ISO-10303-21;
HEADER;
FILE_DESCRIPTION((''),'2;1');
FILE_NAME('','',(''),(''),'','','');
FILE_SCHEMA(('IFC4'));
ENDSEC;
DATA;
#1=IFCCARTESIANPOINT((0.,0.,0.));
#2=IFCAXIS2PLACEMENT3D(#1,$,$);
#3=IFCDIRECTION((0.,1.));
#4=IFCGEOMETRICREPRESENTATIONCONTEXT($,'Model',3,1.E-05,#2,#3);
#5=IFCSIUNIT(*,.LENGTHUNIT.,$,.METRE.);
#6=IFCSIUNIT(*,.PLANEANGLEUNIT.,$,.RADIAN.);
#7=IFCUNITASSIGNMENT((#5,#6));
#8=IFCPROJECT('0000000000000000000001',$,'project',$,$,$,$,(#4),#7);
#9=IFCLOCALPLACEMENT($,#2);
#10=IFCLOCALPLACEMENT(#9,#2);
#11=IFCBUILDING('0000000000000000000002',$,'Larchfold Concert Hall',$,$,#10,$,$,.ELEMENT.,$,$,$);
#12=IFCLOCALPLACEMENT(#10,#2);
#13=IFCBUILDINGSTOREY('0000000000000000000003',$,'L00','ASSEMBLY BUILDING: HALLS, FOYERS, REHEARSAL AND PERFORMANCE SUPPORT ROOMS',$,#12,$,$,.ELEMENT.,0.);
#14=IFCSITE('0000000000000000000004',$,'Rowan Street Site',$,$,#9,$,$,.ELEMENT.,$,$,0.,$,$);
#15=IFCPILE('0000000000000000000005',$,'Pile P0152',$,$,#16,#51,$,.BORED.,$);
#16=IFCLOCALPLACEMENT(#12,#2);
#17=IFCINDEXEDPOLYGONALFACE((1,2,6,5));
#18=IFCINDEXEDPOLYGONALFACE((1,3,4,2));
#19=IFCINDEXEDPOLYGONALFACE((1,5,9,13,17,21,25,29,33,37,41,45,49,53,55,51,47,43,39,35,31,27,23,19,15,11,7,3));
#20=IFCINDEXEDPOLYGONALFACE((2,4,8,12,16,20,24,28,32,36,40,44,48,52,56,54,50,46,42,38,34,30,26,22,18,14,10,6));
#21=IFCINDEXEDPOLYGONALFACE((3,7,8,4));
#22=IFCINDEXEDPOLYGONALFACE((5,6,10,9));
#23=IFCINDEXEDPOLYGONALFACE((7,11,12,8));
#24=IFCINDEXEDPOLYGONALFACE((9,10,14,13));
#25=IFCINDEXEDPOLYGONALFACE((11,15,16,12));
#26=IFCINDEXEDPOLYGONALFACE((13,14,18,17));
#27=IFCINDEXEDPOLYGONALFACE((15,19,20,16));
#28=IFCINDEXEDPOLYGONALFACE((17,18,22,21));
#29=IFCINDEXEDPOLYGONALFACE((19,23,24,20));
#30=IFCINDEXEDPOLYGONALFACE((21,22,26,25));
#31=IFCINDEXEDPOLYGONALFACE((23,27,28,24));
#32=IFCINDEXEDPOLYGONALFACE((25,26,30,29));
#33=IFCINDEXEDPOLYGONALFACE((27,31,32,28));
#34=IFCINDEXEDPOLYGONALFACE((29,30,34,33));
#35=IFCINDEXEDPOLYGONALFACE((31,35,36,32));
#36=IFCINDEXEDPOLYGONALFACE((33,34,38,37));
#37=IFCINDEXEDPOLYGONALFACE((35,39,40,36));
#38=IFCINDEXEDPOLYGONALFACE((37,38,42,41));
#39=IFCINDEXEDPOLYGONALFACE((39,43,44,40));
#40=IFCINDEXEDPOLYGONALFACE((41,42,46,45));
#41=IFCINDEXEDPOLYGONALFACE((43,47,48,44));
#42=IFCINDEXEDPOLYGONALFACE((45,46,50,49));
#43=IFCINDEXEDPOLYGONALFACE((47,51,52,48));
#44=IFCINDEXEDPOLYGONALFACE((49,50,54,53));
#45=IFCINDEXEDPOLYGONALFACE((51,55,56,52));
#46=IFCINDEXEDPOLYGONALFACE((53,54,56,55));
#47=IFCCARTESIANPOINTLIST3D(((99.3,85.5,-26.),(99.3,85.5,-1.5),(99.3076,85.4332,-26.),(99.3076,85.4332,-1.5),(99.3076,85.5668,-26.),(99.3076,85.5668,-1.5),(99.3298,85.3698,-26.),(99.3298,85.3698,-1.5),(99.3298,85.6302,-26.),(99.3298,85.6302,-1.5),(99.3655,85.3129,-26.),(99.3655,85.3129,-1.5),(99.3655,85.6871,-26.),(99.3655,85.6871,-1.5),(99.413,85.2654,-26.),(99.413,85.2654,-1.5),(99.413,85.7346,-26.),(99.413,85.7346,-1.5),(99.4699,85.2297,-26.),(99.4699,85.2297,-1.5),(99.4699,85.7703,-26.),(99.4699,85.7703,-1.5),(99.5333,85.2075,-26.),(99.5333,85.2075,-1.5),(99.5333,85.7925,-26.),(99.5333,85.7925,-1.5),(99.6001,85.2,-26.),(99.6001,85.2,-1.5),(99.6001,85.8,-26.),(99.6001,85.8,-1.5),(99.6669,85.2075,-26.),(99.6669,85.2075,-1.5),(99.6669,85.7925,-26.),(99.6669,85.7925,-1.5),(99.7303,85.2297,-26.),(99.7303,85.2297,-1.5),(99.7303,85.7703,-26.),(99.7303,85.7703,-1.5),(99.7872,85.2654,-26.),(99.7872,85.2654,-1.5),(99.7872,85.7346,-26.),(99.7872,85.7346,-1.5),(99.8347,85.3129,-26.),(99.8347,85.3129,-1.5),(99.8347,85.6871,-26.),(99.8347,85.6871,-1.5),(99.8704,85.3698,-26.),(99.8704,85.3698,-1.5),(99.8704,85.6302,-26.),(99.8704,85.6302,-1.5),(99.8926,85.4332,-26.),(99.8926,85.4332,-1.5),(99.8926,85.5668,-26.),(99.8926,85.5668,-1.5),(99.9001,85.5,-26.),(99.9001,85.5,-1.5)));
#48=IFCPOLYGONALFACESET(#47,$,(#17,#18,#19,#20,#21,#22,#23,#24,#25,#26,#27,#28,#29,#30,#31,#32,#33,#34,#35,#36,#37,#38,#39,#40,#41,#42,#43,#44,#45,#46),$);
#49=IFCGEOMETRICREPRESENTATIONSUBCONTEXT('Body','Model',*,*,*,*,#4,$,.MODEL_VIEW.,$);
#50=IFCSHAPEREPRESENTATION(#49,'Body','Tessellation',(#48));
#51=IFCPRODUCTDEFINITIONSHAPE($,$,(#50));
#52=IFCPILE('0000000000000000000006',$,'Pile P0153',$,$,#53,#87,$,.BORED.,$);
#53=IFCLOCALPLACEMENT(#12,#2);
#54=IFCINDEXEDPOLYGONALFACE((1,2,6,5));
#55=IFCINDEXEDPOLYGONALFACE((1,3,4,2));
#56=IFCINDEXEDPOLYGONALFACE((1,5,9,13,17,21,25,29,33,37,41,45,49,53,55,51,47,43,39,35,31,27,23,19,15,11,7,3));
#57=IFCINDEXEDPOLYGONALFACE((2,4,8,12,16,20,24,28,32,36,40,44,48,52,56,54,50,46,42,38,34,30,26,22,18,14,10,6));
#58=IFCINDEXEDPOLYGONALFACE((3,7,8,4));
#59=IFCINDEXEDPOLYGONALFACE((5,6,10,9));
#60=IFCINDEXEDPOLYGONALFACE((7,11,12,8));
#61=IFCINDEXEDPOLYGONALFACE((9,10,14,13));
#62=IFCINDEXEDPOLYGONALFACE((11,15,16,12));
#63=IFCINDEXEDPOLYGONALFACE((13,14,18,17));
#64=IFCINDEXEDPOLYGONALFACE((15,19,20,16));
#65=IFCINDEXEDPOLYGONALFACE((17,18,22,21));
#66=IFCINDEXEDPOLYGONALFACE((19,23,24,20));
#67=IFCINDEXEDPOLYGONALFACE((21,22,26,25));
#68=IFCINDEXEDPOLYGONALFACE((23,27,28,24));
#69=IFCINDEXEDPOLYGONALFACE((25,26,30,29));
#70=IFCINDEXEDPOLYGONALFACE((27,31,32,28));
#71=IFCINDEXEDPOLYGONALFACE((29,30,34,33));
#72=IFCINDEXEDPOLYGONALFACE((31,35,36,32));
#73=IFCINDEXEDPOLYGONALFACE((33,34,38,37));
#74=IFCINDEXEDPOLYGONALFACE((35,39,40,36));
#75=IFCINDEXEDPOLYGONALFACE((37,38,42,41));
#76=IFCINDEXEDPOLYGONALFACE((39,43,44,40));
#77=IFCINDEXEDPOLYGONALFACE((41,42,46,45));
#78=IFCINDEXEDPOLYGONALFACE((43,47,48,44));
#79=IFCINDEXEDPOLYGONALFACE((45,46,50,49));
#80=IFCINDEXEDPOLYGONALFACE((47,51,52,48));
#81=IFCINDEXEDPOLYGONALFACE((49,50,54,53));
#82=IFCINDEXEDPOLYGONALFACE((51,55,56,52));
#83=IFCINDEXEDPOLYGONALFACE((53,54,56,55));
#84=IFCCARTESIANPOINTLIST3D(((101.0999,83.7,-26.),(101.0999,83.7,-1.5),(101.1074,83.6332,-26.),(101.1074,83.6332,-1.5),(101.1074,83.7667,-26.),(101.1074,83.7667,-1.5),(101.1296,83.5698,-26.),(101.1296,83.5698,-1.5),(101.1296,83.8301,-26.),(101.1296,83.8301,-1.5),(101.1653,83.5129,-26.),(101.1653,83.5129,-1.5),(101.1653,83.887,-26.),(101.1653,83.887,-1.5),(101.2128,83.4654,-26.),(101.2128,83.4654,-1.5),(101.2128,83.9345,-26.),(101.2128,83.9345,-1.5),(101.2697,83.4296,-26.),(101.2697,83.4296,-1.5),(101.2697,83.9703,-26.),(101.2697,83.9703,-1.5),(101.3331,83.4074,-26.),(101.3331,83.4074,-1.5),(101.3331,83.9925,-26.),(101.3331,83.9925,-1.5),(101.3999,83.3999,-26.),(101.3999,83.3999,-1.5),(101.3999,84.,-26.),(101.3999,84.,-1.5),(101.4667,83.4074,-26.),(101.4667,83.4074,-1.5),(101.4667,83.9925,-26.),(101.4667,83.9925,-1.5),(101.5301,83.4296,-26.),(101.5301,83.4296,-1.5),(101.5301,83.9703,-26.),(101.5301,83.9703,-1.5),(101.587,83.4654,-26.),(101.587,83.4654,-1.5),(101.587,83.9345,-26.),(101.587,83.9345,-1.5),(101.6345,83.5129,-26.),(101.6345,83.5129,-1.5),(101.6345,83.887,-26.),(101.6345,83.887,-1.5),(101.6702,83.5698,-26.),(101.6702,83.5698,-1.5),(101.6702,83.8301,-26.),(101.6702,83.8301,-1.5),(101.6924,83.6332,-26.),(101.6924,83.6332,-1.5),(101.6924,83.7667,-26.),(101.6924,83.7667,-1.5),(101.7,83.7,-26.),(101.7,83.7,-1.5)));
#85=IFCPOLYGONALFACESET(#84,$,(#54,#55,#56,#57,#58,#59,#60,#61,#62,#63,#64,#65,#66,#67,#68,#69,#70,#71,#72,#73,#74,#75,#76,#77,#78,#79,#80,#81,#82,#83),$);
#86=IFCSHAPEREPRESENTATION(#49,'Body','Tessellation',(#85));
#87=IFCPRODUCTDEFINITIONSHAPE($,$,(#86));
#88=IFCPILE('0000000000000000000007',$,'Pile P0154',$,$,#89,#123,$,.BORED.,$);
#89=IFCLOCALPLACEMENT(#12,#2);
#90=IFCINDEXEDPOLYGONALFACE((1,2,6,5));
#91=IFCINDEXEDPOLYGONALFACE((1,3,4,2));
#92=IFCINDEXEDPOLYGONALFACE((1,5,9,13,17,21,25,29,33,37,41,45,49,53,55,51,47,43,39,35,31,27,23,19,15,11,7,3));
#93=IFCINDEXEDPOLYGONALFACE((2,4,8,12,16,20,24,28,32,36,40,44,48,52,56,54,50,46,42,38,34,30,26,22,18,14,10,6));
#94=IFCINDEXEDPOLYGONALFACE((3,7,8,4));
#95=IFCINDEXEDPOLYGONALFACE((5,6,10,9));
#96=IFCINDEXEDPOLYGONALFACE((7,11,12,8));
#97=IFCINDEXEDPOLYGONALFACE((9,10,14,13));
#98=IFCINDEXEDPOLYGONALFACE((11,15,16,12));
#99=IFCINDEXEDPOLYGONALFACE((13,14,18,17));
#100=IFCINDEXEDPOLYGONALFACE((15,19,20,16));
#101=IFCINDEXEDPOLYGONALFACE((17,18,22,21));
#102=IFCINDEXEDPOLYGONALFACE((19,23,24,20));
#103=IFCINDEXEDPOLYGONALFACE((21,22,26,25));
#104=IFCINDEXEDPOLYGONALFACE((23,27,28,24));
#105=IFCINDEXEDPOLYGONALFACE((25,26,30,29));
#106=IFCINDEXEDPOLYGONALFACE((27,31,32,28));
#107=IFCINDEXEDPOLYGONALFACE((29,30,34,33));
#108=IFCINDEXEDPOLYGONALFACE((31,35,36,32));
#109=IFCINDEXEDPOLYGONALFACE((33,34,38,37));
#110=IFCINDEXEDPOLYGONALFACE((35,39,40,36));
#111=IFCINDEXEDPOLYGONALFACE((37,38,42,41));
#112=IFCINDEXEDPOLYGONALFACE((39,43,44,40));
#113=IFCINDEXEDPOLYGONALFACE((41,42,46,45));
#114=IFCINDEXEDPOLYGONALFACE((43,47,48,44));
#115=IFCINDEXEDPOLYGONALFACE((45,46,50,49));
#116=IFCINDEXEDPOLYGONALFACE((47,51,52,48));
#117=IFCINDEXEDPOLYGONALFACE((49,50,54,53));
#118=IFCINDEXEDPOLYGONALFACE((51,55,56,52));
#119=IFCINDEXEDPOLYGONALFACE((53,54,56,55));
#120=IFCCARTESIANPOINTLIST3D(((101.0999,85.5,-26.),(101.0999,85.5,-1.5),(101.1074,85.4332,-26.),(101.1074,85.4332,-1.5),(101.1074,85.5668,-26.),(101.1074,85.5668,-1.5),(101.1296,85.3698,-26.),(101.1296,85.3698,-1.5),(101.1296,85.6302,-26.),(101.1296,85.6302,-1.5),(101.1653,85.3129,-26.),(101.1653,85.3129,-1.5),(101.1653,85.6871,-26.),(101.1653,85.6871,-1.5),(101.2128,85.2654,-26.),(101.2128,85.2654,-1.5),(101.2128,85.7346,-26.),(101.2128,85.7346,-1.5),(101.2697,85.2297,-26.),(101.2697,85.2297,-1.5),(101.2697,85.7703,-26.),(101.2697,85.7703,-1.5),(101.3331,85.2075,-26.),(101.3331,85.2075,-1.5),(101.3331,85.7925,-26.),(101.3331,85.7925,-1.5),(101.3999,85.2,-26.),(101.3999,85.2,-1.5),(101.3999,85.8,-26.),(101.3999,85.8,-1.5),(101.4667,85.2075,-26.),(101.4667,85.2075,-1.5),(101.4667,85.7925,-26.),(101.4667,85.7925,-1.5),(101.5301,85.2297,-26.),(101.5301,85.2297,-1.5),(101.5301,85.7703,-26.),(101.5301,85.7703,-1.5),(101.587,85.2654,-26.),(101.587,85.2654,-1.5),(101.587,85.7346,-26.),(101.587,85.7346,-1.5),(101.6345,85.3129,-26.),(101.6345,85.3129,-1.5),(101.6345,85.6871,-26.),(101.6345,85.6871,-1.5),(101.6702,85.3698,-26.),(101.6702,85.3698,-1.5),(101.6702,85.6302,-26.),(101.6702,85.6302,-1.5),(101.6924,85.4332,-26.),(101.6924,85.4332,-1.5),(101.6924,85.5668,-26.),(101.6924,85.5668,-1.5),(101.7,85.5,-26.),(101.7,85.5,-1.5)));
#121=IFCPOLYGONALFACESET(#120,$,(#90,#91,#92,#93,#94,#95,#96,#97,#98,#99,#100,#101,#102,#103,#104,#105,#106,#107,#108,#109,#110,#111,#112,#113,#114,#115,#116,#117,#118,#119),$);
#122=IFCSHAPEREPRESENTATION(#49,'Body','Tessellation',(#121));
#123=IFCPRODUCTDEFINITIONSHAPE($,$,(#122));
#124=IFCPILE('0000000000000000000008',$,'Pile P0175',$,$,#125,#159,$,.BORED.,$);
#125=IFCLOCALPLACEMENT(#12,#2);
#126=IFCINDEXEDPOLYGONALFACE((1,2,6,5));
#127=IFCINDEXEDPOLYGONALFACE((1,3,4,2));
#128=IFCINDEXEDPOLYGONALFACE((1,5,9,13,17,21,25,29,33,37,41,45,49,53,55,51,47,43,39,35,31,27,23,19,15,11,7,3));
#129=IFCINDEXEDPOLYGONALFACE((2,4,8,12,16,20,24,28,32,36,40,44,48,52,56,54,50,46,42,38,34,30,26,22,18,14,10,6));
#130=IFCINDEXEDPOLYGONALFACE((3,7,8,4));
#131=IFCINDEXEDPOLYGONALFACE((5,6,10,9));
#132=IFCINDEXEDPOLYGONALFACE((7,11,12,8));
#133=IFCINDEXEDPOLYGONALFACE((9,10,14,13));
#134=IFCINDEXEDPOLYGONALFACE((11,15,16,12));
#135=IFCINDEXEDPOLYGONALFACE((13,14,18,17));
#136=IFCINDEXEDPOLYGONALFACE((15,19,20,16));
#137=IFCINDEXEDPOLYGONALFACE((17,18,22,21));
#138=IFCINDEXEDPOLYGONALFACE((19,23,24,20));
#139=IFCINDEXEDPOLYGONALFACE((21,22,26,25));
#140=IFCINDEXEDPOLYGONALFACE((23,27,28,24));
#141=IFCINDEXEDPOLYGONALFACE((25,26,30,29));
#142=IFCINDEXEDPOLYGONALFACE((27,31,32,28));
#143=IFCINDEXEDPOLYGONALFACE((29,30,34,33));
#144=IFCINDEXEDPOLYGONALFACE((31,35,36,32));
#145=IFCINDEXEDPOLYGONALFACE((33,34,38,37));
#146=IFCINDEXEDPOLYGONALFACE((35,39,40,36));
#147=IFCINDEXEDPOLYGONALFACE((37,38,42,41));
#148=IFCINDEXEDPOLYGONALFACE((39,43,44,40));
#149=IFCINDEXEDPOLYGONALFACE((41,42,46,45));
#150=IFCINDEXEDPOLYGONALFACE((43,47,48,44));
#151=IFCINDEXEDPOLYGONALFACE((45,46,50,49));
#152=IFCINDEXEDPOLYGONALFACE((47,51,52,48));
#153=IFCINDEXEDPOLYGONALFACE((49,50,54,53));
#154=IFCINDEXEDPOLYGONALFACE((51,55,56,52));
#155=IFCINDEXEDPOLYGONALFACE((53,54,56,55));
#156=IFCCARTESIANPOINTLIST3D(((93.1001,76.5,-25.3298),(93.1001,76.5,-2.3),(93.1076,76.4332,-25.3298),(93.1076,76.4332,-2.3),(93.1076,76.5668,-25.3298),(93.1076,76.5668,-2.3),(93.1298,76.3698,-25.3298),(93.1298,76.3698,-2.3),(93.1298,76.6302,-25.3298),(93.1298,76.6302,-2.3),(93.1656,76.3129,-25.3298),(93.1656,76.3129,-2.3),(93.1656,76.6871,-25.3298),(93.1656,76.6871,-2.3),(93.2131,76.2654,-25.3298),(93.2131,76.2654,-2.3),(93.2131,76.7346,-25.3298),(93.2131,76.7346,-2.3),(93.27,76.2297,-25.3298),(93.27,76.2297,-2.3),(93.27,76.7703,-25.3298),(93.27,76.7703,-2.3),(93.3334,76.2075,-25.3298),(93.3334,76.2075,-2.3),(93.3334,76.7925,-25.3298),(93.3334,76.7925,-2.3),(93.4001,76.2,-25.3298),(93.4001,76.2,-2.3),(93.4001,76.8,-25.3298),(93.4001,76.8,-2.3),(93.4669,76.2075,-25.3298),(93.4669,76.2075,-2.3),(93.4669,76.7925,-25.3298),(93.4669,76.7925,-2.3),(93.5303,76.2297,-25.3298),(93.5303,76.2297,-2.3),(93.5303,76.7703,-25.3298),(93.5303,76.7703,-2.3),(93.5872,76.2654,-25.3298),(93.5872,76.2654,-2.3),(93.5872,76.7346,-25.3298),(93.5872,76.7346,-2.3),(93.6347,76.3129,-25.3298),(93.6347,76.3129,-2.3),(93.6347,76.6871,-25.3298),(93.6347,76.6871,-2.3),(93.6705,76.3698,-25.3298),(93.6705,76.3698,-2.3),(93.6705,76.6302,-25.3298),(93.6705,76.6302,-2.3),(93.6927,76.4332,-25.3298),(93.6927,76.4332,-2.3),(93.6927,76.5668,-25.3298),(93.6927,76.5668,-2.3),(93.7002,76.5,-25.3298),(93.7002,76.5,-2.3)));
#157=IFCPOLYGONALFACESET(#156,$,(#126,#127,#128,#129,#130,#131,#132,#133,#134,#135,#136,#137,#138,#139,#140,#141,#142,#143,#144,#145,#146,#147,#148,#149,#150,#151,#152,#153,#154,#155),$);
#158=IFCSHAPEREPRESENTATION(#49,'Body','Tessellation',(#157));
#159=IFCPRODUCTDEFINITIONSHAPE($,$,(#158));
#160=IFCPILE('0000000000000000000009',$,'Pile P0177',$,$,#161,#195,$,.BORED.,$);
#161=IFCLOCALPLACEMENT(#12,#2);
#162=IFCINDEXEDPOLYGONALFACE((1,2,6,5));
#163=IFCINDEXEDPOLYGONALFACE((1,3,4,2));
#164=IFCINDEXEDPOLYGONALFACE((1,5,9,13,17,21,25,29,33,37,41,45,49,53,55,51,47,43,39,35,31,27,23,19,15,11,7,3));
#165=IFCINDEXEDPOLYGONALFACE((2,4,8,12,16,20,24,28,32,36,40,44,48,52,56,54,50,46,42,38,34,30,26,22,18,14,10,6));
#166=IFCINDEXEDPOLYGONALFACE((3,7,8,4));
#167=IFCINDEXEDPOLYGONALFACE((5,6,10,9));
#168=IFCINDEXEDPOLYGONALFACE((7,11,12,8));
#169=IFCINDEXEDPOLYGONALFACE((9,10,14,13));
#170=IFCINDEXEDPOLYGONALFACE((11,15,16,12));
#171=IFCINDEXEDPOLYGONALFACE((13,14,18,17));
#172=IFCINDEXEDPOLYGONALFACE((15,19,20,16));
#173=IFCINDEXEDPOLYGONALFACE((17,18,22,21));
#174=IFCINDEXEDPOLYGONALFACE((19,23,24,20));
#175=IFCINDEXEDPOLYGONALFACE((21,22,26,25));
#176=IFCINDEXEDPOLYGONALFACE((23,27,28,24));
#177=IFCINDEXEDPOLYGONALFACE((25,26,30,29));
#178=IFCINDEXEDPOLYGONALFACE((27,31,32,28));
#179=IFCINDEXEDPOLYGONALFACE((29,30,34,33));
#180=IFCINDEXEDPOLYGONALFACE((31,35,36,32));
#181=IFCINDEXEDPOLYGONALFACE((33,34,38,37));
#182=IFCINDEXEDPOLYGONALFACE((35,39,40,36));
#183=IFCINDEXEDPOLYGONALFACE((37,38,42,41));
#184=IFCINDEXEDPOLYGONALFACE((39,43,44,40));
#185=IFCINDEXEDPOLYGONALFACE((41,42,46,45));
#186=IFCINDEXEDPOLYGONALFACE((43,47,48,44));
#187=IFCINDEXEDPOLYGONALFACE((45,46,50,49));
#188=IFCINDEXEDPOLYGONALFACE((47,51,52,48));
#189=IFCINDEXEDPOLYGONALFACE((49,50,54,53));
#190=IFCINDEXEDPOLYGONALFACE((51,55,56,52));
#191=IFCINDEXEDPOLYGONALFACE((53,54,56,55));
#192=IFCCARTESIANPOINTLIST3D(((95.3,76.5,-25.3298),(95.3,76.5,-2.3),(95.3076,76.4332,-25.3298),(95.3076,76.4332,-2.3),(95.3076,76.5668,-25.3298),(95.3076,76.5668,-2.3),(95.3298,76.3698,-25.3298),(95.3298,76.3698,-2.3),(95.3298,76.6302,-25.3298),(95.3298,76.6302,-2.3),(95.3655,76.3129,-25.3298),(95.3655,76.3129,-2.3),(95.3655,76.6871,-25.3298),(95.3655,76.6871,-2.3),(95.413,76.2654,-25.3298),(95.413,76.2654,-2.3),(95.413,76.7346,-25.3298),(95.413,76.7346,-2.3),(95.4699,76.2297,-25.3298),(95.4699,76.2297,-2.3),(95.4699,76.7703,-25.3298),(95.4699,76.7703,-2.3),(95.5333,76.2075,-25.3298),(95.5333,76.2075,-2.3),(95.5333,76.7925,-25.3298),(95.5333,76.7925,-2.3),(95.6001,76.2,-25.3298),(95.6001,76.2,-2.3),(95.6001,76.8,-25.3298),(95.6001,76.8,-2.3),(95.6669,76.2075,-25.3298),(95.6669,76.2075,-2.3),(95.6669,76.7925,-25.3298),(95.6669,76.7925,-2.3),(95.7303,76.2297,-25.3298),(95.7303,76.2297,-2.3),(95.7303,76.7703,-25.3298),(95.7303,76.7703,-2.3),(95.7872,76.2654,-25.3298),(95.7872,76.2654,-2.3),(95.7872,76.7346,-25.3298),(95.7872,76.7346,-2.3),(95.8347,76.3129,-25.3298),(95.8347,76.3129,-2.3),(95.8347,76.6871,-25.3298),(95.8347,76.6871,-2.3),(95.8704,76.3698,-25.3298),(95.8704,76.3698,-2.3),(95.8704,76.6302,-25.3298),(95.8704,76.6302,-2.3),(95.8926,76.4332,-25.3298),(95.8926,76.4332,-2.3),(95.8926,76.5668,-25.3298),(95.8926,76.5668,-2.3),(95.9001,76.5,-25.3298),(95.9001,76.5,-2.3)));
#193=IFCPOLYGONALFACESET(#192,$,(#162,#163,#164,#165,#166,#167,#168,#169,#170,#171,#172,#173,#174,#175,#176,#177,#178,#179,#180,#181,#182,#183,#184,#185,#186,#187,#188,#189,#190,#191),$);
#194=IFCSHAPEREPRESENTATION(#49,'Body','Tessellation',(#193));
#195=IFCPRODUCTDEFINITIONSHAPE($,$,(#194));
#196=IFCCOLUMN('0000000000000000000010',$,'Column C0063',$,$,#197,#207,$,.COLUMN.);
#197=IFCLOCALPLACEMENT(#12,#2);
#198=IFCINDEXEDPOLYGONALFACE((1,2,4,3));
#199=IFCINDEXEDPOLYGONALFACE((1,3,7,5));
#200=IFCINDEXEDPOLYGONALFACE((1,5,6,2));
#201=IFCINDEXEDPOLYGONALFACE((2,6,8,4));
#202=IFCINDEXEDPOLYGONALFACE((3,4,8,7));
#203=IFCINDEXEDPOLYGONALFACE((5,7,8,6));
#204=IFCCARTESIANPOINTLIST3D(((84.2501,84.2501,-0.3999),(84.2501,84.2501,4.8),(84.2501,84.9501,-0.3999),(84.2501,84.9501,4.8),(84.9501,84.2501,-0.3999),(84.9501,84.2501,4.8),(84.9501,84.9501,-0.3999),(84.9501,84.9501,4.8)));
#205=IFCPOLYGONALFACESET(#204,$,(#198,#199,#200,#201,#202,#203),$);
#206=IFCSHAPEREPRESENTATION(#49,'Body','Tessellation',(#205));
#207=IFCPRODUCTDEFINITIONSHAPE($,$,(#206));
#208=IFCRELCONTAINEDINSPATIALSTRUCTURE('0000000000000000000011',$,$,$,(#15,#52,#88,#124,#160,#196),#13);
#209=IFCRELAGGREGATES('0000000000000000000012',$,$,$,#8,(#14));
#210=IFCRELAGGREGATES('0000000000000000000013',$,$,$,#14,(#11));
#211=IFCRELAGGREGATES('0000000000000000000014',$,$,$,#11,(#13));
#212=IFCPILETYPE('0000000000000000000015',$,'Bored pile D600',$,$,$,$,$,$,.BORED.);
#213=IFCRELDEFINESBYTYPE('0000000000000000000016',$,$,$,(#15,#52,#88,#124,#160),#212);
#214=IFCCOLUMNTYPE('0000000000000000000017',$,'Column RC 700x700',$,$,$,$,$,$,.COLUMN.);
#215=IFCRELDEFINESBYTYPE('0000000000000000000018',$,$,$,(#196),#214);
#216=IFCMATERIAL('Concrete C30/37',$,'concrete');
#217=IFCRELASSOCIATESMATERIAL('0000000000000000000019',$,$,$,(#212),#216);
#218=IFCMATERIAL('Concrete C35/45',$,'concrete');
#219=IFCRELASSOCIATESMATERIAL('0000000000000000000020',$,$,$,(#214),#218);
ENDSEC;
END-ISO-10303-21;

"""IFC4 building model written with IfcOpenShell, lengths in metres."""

from ifc_helpers import new_model, si_unit, direction, frame, origin, origin_2d, place, context, subcontext, project, spatial, rectangle, circle, extrude, material, material_profile, profile_set, type_object, element, save


model = new_model("IFC4")

# Units and contexts
model_context = context("Model", 3, precision=1e-05, world=origin(), true_north=direction((0.0, 1.0)))
body_context = subcontext(model_context, "Body", "Model", "MODEL_VIEW")
ifc_project = project(units=[si_unit("LENGTHUNIT", "METRE"), si_unit("PLANEANGLEUNIT", "RADIAN")], contexts=[model_context])

# Site, building, storey
site_placement = place(None, origin())
site = spatial("IfcSite", under=ifc_project, at=site_placement, Name="Rowan Street Site", CompositionType="ELEMENT", RefElevation=0.0)
building_placement = place(site_placement, origin())
building = spatial("IfcBuilding", under=site, at=building_placement, Name="Larchfold Concert Hall", CompositionType="ELEMENT")
storey_placement = place(building_placement, origin())
storey = spatial("IfcBuildingStorey", under=building, at=storey_placement, Name="L00", Description="ASSEMBLY BUILDING: HALLS, FOYERS, REHEARSAL AND PERFORMANCE SUPPORT ROOMS", CompositionType="ELEMENT", Elevation=0.0)

# Piles
ifc_material_1 = material(Name="Concrete C30/37", Category="concrete")
ifc_material_profile_1 = material_profile(ifc_material_1, circle(Radius=0.3, at=origin_2d()))
ifc_profile_set_1 = profile_set([ifc_material_profile_1], Name="Concrete C30/37")
pile_type = type_object("IfcPileType", Name="Bored pile D600", PredefinedType="BORED", material=ifc_profile_set_1)
for number, where, z_axis, x_axis, name in (
    (1, (99.6001, 85.5, -1.5), (0.0, 0.0, -1.0), (1.0, 0.0, 0.0), "Pile P0152"),
    (2, (101.3999, 83.7, -1.5), (0.0, 0.0, -1.0), (1.0, 0.0, 0.0), "Pile P0153"),
    (3, (101.3999, 85.5, -1.5), (0.0, 0.0, -1.0), (1.0, 0.0, 0.0), "Pile P0154"),
):
    element("IfcPile", number, at=place(storey_placement, frame(where, z_axis=z_axis, x_axis=x_axis)), inside=storey, type_object=pile_type, Name=name, PredefinedType="BORED", context=body_context, shape_type="SweptSolid", body=[
        extrude(circle(Radius=0.3, at=origin_2d()), origin(), (0.0, 0.0, 1.0), 24.5),
    ])
for number, where, z_axis, x_axis, name in (
    (4, (93.4001, 76.5, -2.3), (0.0, 0.0, -1.0), (1.0, 0.0, 0.0), "Pile P0175"),
    (5, (95.6001, 76.5, -2.3), (0.0, 0.0, -1.0), (1.0, 0.0, 0.0), "Pile P0177"),
):
    element("IfcPile", number, at=place(storey_placement, frame(where, z_axis=z_axis, x_axis=x_axis)), inside=storey, type_object=pile_type, Name=name, PredefinedType="BORED", context=body_context, shape_type="SweptSolid", body=[
        extrude(circle(Radius=0.3, at=origin_2d()), origin(), (0.0, 0.0, 1.0), 23.0298),
    ])

# Column
ifc_material_2 = material(Name="Concrete C35/45", Category="concrete")
ifc_material_profile_2 = material_profile(ifc_material_2, rectangle(XDim=0.7, YDim=0.7, at=origin_2d()))
ifc_profile_set_2 = profile_set([ifc_material_profile_2], Name="Concrete C35/45")
column_type = type_object("IfcColumnType", Name="Column RC 700x700", PredefinedType="COLUMN", material=ifc_profile_set_2)
for number, where, z_axis, x_axis, name in (
    (6, (84.6001, 84.6001, -0.3999), (0.0, 0.0, 1.0), (1.0, 0.0, 0.0), "Column C0063"),
):
    element("IfcColumn", number, at=place(storey_placement, frame(where, z_axis=z_axis, x_axis=x_axis)), inside=storey, type_object=column_type, Name=name, PredefinedType="COLUMN", context=body_context, shape_type="SweptSolid", body=[
        extrude(rectangle(XDim=0.7, YDim=0.7, at=origin_2d()), origin(), (0.0, 0.0, 1.0), 5.2),
    ])

save(model, "model.ifc")
